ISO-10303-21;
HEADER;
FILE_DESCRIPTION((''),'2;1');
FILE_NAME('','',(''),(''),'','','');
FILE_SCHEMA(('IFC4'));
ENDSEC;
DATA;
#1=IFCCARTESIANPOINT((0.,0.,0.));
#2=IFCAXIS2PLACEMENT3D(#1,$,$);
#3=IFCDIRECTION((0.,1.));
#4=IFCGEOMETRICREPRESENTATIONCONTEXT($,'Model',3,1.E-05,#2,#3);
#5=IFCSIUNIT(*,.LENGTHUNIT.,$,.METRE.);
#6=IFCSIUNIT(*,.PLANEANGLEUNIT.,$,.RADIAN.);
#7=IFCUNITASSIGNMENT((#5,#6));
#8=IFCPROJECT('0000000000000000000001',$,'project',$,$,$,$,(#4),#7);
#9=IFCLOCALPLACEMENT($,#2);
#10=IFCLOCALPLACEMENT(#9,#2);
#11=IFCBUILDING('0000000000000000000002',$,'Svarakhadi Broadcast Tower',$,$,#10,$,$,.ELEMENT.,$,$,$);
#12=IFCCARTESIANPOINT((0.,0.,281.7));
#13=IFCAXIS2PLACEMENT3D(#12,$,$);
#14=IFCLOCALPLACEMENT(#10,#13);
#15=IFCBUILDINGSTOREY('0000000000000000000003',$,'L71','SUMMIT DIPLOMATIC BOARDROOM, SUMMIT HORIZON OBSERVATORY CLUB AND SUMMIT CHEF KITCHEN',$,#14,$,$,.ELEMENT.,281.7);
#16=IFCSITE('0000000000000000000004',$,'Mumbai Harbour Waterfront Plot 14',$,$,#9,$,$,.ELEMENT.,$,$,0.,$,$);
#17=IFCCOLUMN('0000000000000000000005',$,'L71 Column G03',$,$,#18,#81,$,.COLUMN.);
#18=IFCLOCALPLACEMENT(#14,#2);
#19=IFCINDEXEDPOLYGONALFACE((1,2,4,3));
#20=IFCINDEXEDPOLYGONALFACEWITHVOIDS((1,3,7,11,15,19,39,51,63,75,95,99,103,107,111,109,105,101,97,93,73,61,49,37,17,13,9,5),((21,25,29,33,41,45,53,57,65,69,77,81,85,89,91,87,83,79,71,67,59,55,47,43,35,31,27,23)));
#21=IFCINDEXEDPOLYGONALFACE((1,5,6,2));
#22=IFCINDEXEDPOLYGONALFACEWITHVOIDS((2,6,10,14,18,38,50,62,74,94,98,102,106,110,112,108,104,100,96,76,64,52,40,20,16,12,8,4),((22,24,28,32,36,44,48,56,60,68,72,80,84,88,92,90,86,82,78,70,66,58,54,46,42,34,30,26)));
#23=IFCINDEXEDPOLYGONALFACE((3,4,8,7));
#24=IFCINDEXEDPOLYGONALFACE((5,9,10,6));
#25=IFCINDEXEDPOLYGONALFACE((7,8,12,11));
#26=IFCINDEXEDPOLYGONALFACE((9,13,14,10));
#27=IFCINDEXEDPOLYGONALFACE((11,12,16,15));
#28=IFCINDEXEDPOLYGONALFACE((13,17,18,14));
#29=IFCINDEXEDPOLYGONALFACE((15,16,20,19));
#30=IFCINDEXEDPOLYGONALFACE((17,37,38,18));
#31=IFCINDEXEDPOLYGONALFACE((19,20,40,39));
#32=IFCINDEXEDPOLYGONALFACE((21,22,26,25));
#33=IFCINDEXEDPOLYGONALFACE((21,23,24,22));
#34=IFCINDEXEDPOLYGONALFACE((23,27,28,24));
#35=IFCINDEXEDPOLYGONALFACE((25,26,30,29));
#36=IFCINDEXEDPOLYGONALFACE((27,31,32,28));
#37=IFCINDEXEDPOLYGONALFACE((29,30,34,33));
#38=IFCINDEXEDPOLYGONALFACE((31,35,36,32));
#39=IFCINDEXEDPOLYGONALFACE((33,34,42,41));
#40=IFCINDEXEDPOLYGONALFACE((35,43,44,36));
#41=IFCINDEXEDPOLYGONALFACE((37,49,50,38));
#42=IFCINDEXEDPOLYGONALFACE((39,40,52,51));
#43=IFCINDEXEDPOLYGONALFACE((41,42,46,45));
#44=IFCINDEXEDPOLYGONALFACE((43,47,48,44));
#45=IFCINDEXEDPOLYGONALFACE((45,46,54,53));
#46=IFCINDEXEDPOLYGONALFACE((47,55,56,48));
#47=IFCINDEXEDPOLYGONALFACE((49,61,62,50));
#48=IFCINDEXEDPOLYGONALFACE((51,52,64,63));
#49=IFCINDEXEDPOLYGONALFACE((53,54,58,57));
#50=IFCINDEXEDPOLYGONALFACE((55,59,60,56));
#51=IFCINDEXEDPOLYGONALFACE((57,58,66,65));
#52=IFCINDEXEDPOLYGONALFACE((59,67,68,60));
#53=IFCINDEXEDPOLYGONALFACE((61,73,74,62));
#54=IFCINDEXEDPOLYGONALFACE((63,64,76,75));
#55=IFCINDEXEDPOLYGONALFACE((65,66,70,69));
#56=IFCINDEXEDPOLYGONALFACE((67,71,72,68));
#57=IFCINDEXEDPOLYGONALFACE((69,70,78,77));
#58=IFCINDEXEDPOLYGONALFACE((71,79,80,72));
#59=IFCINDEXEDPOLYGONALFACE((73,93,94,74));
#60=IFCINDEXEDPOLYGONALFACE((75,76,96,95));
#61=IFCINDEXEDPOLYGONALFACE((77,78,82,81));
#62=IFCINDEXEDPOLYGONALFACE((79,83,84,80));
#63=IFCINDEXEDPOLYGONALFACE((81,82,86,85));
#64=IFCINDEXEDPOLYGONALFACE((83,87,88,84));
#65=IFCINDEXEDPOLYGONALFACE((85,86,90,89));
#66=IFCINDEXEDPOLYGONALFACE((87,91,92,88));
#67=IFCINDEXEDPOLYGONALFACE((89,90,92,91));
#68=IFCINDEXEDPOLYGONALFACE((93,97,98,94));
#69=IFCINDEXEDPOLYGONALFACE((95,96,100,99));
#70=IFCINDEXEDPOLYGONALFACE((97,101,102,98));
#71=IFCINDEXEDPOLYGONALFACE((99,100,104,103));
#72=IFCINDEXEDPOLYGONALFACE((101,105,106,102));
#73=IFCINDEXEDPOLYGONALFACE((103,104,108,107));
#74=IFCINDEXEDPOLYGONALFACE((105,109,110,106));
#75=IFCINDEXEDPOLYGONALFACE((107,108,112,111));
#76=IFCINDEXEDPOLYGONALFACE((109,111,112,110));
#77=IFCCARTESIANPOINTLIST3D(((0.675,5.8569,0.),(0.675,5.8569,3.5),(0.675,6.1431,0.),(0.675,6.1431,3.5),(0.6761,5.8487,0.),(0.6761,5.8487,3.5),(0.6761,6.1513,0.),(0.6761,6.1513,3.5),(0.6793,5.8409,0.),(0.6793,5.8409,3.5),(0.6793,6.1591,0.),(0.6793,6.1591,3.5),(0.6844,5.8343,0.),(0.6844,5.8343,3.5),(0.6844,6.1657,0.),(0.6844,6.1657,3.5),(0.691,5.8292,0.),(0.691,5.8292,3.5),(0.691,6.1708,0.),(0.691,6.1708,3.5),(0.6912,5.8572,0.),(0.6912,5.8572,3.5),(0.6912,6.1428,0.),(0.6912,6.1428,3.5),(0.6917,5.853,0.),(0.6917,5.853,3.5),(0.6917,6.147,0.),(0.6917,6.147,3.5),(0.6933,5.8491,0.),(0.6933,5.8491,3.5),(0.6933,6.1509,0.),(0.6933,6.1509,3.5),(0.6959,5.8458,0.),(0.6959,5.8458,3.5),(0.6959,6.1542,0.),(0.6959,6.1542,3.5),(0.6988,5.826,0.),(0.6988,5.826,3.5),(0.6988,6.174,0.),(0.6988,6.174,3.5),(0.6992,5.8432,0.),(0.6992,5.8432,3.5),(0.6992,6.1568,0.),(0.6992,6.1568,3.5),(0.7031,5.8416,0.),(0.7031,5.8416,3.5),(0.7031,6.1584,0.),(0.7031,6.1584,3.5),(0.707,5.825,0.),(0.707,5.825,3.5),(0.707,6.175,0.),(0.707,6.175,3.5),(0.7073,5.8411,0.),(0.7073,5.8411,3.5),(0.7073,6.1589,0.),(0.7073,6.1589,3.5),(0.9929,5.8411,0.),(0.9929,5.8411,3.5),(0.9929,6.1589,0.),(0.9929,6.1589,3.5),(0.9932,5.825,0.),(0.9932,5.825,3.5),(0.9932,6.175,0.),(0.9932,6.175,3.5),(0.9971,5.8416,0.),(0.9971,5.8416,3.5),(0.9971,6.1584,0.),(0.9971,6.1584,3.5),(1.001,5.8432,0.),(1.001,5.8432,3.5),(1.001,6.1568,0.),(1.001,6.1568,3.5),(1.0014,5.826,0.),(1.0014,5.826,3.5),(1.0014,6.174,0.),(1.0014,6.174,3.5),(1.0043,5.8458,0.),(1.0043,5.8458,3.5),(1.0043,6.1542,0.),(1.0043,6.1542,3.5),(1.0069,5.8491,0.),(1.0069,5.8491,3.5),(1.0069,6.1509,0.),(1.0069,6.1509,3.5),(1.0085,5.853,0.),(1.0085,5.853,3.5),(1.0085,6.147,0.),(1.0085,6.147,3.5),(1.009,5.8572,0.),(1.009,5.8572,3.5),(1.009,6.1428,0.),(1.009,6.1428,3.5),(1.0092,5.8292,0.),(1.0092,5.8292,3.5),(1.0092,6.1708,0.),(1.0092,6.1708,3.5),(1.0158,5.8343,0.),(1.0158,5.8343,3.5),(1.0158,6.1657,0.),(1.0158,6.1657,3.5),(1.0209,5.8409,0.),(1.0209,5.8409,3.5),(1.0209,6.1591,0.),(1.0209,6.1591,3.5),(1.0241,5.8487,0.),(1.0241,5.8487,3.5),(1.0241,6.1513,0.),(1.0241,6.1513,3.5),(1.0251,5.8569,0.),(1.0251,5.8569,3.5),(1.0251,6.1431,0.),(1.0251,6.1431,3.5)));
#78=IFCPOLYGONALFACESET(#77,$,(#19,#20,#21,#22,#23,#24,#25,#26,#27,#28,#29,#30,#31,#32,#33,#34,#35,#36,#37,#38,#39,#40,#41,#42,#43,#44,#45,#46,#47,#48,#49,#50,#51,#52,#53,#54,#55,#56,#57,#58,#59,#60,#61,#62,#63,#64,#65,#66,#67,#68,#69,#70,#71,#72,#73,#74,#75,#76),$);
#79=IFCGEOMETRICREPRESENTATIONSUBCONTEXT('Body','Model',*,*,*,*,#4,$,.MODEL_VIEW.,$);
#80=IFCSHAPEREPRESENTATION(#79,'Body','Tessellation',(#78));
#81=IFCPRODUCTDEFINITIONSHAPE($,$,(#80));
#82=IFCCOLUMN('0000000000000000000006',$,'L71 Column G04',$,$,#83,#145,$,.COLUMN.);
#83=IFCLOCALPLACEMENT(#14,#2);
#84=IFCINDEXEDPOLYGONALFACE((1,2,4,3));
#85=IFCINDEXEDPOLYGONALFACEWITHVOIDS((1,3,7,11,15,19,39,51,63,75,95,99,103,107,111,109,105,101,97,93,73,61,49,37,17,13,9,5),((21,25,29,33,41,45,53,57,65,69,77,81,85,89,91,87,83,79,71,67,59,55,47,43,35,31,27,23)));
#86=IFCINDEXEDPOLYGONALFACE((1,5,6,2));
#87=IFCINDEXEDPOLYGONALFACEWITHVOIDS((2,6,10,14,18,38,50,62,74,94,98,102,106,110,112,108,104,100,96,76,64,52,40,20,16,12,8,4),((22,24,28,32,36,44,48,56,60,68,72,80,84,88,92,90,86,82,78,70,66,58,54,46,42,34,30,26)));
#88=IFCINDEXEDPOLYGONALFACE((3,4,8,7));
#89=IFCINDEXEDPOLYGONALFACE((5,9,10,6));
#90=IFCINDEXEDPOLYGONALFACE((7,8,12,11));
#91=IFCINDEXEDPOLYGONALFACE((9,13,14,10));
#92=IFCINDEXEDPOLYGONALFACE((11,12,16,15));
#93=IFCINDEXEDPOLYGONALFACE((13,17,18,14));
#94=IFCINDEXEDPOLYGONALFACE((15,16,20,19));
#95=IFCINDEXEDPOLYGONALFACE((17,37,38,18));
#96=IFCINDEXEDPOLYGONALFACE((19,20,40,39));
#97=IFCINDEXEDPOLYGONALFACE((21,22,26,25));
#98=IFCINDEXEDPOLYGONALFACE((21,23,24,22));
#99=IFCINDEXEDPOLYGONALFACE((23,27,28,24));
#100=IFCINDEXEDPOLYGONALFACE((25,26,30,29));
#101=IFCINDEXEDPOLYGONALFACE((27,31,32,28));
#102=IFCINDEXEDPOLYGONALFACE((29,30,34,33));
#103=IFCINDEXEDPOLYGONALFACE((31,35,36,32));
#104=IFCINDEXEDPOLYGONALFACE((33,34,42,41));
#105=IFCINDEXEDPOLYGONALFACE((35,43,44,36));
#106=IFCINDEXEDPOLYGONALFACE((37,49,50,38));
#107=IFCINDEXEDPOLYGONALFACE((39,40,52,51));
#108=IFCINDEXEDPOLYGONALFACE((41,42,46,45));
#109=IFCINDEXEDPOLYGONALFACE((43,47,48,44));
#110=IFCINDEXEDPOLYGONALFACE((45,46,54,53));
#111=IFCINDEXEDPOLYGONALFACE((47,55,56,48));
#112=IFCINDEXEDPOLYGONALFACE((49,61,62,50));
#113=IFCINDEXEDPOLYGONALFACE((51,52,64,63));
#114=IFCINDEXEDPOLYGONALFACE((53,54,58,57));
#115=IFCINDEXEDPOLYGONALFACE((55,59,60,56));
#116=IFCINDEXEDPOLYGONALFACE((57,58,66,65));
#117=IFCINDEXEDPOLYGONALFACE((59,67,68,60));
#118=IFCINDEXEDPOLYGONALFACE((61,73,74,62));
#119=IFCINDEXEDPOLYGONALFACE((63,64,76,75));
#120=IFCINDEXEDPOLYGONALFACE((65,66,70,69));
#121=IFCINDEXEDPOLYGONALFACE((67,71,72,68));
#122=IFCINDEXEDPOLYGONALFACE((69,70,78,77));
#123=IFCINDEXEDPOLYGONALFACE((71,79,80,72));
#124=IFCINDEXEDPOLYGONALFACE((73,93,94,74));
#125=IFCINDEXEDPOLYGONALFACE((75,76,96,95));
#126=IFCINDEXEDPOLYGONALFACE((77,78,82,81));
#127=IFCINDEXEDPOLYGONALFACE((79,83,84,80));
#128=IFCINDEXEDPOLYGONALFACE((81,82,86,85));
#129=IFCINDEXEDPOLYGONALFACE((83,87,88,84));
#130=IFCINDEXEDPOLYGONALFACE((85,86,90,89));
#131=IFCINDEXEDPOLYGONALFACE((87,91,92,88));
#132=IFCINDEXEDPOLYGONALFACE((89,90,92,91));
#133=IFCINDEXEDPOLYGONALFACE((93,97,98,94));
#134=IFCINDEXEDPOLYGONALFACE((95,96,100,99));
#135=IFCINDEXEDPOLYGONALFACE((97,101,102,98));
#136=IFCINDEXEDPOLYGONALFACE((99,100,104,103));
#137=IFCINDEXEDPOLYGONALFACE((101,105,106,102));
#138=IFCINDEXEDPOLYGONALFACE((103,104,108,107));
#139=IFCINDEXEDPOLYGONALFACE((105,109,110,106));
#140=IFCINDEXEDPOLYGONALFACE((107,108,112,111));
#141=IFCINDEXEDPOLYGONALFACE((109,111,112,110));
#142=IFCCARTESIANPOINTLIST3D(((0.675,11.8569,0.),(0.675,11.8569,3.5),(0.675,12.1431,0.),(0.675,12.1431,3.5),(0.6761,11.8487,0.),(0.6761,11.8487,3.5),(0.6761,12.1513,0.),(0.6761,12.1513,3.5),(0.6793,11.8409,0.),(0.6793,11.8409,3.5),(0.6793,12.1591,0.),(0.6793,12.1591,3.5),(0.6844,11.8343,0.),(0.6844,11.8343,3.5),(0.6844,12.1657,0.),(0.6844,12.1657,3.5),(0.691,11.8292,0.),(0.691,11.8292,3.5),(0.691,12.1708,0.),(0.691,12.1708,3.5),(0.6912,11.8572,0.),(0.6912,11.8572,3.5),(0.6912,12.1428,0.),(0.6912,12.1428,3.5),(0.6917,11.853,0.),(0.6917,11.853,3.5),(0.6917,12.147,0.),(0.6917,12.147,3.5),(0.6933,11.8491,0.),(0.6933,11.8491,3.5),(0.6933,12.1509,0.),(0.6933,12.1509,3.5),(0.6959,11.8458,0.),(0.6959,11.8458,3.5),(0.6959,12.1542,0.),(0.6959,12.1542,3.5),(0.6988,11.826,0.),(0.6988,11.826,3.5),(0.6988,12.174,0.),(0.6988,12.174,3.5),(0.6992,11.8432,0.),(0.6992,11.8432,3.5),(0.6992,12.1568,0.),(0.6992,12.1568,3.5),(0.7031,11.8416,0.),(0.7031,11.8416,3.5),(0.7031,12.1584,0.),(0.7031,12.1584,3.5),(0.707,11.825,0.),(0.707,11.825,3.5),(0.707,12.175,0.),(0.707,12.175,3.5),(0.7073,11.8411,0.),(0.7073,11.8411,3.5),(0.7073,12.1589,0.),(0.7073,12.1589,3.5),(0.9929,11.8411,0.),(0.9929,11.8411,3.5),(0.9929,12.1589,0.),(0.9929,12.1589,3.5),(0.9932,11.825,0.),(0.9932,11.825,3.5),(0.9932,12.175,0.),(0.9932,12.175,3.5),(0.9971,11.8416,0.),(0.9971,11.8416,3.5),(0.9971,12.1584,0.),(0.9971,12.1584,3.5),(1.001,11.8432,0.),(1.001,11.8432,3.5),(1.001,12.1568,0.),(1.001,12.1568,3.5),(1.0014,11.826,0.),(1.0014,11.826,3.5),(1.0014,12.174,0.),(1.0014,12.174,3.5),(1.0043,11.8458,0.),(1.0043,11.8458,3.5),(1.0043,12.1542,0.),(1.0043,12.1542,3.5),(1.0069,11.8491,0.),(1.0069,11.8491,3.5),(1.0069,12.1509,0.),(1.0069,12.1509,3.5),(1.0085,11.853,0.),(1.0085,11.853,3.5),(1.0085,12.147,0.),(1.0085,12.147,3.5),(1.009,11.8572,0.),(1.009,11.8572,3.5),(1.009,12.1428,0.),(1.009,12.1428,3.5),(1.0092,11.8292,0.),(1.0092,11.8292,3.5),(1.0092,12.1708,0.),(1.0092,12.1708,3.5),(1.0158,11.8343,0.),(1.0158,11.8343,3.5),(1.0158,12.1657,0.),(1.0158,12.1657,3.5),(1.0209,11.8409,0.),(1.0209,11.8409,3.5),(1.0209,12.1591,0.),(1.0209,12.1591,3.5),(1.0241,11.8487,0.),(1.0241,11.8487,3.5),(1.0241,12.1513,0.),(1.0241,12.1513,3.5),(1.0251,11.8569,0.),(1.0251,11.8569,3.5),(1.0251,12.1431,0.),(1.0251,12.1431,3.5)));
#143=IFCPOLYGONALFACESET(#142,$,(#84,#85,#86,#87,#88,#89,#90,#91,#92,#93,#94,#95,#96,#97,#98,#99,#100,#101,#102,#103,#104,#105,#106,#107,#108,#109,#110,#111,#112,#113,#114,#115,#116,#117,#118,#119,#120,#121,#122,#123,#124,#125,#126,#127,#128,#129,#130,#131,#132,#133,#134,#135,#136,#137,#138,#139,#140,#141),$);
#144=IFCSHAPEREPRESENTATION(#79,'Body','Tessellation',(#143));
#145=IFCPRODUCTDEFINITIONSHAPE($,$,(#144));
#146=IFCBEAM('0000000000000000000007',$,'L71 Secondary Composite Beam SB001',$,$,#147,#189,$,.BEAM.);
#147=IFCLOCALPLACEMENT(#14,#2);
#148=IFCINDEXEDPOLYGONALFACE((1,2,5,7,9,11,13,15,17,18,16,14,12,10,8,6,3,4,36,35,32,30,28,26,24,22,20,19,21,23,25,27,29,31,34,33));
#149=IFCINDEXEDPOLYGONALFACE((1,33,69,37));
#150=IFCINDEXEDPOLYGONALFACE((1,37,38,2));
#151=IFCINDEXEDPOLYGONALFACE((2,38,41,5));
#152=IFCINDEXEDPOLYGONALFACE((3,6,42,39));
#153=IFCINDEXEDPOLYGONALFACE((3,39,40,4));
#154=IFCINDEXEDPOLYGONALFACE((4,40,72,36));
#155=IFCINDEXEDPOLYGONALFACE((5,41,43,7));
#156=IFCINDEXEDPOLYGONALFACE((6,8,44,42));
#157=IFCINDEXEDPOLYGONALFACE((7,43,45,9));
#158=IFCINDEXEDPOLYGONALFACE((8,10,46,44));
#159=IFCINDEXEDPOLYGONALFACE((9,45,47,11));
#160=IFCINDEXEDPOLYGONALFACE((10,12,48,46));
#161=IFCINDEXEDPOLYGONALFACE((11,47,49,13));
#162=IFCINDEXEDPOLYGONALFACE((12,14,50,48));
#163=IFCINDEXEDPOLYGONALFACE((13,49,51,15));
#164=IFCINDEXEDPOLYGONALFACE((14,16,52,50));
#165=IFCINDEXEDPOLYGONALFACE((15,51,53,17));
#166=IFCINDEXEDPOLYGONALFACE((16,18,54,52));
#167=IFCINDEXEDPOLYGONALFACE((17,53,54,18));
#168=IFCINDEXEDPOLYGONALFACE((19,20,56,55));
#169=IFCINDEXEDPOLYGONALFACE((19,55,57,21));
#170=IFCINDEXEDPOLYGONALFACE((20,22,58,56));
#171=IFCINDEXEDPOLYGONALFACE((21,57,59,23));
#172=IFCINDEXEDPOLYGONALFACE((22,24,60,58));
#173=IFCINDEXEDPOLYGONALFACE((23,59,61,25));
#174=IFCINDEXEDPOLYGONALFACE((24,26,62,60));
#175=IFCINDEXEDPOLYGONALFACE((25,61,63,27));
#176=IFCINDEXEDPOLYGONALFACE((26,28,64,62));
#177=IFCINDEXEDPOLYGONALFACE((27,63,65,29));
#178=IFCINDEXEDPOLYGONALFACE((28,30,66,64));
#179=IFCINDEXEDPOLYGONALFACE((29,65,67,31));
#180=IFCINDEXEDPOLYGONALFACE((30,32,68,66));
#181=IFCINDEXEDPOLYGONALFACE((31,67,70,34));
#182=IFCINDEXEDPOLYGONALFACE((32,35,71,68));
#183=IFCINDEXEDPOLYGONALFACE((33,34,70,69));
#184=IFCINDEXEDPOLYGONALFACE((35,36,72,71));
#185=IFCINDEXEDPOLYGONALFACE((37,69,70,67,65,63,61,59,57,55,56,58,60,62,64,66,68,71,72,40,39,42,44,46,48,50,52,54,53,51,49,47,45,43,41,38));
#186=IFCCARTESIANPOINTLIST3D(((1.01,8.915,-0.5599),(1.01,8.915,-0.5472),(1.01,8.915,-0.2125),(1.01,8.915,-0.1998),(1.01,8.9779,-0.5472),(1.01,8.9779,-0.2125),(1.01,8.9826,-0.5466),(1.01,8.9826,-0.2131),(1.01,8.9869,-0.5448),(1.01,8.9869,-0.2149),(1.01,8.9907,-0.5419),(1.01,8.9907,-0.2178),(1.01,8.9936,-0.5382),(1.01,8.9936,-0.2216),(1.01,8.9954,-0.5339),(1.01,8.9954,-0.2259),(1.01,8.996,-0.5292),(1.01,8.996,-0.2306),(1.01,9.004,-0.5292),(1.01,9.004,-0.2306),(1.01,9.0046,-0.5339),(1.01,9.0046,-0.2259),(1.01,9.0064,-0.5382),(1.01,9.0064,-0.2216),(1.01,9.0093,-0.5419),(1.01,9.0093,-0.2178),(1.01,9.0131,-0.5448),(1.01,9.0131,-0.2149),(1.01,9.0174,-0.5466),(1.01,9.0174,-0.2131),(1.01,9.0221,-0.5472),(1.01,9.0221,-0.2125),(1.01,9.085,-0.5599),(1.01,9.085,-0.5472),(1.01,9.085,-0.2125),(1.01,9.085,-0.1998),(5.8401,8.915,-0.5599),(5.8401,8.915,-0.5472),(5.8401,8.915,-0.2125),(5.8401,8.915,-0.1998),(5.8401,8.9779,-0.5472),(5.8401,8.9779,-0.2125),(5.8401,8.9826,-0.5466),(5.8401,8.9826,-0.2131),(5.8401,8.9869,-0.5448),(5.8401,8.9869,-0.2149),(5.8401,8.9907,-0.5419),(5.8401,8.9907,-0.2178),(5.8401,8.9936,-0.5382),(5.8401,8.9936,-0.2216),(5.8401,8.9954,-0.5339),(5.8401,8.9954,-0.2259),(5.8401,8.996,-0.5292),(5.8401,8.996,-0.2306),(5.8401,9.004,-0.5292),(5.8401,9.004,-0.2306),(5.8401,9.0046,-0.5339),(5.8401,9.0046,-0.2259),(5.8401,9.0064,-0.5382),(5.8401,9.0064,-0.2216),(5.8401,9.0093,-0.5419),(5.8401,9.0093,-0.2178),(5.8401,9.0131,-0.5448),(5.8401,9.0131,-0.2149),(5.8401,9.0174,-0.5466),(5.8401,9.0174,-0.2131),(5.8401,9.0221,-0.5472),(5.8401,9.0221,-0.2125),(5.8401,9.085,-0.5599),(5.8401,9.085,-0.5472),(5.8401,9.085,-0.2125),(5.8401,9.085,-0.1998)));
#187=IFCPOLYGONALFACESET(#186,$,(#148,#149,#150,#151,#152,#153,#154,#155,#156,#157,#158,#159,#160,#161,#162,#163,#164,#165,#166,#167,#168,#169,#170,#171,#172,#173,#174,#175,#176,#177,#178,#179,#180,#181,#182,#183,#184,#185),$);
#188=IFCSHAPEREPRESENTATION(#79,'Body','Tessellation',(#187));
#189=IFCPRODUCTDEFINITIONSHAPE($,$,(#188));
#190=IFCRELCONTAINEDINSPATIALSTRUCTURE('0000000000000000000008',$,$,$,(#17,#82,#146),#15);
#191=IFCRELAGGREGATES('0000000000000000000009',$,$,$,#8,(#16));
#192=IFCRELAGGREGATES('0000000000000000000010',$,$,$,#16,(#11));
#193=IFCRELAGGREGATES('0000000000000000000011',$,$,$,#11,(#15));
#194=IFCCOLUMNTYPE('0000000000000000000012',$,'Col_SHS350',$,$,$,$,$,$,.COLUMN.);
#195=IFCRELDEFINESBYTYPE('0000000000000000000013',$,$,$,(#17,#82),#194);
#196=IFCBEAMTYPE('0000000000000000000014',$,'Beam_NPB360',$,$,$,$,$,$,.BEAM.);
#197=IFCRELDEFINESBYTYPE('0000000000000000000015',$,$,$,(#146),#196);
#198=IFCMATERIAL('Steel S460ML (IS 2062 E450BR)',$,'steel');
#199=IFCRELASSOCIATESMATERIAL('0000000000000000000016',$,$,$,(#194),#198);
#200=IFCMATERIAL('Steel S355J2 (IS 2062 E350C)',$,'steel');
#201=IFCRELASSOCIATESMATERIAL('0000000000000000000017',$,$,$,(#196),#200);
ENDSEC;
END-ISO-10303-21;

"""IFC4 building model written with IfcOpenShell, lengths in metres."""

from ifc_helpers import new_model, si_unit, direction, frame, origin, origin_2d, place, context, subcontext, project, spatial, hollow_rectangle, i_section, extrude, material, material_profile, profile_set, type_object, element, save


model = new_model("IFC4")

# Units and contexts
model_context = context("Model", 3, precision=1e-05, world=origin(), true_north=direction((0.0, 1.0)))
body_context = subcontext(model_context, "Body", "Model", "MODEL_VIEW")
ifc_project = project(units=[si_unit("LENGTHUNIT", "METRE"), si_unit("PLANEANGLEUNIT", "RADIAN")], contexts=[model_context])

# Site, building, storey
site_placement = place(None, origin())
site = spatial("IfcSite", under=ifc_project, at=site_placement, Name="Mumbai Harbour Waterfront Plot 14", CompositionType="ELEMENT", RefElevation=0.0)
building_placement = place(site_placement, origin())
building = spatial("IfcBuilding", under=site, at=building_placement, Name="Svarakhadi Broadcast Tower", CompositionType="ELEMENT")
storey_placement = place(building_placement, frame((0.0, 0.0, 281.7)))
storey = spatial("IfcBuildingStorey", under=building, at=storey_placement, Name="L71", Description="SUMMIT DIPLOMATIC BOARDROOM, SUMMIT HORIZON OBSERVATORY CLUB AND SUMMIT CHEF KITCHEN", CompositionType="ELEMENT", Elevation=281.7)

# Columns
ifc_material_1 = material(Name="Steel S460ML (IS 2062 E450BR)", Category="steel")
ifc_material_profile_1 = material_profile(ifc_material_1, hollow_rectangle(XDim=0.3501, YDim=0.3501, WallThickness=0.0161, InnerFilletRadius=0.0161, OuterFilletRadius=0.032, at=origin_2d()), Name="SHS 350x350x16")
ifc_profile_set_1 = profile_set([ifc_material_profile_1], Name="Steel S460ML (IS 2062 E450BR)")
column_type = type_object("IfcColumnType", Name="Col_SHS350", PredefinedType="COLUMN", material=ifc_profile_set_1)
for number, where, z_axis, x_axis, name in (
    (1, (0.8501, 6.0, 0.0), (0.0, 0.0, 1.0), (1.0, 0.0, 0.0), "L71 Column G03"),
    (2, (0.8501, 12.0, 0.0), (0.0, 0.0, 1.0), (1.0, 0.0, 0.0), "L71 Column G04"),
):
    element("IfcColumn", number, at=place(storey_placement, frame(where, z_axis=z_axis, x_axis=x_axis)), inside=storey, type_object=column_type, Name=name, PredefinedType="COLUMN", context=body_context, shape_type="SweptSolid", body=[
        extrude(hollow_rectangle(XDim=0.3501, YDim=0.3501, WallThickness=0.0161, InnerFilletRadius=0.0161, OuterFilletRadius=0.032, at=origin_2d()), origin(), (0.0, 0.0, 1.0), 3.5),
    ])

# Beam
ifc_material_2 = material(Name="Steel S355J2 (IS 2062 E350C)", Category="steel")
ifc_material_profile_2 = material_profile(ifc_material_2, i_section(OverallWidth=0.1699, OverallDepth=0.3601, WebThickness=0.0081, FlangeThickness=0.0127, FilletRadius=0.0181, at=origin_2d()), Name="NPB 360x170x57")
ifc_profile_set_2 = profile_set([ifc_material_profile_2], Name="Steel S355J2 (IS 2062 E350C)")
beam_type_1 = type_object("IfcBeamType", Name="Beam_NPB360", PredefinedType="BEAM", material=ifc_profile_set_2)
beam_1_placement = place(storey_placement, frame((1.01, 9.0, -0.3799), z_axis=(1.0, 0.0, 0.0), x_axis=(0.0, 1.0, 0.0)))
element("IfcBeam", 3, at=beam_1_placement, inside=storey, type_object=beam_type_1, Name="L71 Secondary Composite Beam SB001", PredefinedType="BEAM", context=body_context, shape_type="SweptSolid", body=[
    extrude(i_section(OverallWidth=0.1699, OverallDepth=0.3601, WebThickness=0.0081, FlangeThickness=0.0127, FilletRadius=0.0181, at=origin_2d()), origin(), (0.0, 0.0, 1.0), 4.8301),
])

save(model, "model.ifc")
